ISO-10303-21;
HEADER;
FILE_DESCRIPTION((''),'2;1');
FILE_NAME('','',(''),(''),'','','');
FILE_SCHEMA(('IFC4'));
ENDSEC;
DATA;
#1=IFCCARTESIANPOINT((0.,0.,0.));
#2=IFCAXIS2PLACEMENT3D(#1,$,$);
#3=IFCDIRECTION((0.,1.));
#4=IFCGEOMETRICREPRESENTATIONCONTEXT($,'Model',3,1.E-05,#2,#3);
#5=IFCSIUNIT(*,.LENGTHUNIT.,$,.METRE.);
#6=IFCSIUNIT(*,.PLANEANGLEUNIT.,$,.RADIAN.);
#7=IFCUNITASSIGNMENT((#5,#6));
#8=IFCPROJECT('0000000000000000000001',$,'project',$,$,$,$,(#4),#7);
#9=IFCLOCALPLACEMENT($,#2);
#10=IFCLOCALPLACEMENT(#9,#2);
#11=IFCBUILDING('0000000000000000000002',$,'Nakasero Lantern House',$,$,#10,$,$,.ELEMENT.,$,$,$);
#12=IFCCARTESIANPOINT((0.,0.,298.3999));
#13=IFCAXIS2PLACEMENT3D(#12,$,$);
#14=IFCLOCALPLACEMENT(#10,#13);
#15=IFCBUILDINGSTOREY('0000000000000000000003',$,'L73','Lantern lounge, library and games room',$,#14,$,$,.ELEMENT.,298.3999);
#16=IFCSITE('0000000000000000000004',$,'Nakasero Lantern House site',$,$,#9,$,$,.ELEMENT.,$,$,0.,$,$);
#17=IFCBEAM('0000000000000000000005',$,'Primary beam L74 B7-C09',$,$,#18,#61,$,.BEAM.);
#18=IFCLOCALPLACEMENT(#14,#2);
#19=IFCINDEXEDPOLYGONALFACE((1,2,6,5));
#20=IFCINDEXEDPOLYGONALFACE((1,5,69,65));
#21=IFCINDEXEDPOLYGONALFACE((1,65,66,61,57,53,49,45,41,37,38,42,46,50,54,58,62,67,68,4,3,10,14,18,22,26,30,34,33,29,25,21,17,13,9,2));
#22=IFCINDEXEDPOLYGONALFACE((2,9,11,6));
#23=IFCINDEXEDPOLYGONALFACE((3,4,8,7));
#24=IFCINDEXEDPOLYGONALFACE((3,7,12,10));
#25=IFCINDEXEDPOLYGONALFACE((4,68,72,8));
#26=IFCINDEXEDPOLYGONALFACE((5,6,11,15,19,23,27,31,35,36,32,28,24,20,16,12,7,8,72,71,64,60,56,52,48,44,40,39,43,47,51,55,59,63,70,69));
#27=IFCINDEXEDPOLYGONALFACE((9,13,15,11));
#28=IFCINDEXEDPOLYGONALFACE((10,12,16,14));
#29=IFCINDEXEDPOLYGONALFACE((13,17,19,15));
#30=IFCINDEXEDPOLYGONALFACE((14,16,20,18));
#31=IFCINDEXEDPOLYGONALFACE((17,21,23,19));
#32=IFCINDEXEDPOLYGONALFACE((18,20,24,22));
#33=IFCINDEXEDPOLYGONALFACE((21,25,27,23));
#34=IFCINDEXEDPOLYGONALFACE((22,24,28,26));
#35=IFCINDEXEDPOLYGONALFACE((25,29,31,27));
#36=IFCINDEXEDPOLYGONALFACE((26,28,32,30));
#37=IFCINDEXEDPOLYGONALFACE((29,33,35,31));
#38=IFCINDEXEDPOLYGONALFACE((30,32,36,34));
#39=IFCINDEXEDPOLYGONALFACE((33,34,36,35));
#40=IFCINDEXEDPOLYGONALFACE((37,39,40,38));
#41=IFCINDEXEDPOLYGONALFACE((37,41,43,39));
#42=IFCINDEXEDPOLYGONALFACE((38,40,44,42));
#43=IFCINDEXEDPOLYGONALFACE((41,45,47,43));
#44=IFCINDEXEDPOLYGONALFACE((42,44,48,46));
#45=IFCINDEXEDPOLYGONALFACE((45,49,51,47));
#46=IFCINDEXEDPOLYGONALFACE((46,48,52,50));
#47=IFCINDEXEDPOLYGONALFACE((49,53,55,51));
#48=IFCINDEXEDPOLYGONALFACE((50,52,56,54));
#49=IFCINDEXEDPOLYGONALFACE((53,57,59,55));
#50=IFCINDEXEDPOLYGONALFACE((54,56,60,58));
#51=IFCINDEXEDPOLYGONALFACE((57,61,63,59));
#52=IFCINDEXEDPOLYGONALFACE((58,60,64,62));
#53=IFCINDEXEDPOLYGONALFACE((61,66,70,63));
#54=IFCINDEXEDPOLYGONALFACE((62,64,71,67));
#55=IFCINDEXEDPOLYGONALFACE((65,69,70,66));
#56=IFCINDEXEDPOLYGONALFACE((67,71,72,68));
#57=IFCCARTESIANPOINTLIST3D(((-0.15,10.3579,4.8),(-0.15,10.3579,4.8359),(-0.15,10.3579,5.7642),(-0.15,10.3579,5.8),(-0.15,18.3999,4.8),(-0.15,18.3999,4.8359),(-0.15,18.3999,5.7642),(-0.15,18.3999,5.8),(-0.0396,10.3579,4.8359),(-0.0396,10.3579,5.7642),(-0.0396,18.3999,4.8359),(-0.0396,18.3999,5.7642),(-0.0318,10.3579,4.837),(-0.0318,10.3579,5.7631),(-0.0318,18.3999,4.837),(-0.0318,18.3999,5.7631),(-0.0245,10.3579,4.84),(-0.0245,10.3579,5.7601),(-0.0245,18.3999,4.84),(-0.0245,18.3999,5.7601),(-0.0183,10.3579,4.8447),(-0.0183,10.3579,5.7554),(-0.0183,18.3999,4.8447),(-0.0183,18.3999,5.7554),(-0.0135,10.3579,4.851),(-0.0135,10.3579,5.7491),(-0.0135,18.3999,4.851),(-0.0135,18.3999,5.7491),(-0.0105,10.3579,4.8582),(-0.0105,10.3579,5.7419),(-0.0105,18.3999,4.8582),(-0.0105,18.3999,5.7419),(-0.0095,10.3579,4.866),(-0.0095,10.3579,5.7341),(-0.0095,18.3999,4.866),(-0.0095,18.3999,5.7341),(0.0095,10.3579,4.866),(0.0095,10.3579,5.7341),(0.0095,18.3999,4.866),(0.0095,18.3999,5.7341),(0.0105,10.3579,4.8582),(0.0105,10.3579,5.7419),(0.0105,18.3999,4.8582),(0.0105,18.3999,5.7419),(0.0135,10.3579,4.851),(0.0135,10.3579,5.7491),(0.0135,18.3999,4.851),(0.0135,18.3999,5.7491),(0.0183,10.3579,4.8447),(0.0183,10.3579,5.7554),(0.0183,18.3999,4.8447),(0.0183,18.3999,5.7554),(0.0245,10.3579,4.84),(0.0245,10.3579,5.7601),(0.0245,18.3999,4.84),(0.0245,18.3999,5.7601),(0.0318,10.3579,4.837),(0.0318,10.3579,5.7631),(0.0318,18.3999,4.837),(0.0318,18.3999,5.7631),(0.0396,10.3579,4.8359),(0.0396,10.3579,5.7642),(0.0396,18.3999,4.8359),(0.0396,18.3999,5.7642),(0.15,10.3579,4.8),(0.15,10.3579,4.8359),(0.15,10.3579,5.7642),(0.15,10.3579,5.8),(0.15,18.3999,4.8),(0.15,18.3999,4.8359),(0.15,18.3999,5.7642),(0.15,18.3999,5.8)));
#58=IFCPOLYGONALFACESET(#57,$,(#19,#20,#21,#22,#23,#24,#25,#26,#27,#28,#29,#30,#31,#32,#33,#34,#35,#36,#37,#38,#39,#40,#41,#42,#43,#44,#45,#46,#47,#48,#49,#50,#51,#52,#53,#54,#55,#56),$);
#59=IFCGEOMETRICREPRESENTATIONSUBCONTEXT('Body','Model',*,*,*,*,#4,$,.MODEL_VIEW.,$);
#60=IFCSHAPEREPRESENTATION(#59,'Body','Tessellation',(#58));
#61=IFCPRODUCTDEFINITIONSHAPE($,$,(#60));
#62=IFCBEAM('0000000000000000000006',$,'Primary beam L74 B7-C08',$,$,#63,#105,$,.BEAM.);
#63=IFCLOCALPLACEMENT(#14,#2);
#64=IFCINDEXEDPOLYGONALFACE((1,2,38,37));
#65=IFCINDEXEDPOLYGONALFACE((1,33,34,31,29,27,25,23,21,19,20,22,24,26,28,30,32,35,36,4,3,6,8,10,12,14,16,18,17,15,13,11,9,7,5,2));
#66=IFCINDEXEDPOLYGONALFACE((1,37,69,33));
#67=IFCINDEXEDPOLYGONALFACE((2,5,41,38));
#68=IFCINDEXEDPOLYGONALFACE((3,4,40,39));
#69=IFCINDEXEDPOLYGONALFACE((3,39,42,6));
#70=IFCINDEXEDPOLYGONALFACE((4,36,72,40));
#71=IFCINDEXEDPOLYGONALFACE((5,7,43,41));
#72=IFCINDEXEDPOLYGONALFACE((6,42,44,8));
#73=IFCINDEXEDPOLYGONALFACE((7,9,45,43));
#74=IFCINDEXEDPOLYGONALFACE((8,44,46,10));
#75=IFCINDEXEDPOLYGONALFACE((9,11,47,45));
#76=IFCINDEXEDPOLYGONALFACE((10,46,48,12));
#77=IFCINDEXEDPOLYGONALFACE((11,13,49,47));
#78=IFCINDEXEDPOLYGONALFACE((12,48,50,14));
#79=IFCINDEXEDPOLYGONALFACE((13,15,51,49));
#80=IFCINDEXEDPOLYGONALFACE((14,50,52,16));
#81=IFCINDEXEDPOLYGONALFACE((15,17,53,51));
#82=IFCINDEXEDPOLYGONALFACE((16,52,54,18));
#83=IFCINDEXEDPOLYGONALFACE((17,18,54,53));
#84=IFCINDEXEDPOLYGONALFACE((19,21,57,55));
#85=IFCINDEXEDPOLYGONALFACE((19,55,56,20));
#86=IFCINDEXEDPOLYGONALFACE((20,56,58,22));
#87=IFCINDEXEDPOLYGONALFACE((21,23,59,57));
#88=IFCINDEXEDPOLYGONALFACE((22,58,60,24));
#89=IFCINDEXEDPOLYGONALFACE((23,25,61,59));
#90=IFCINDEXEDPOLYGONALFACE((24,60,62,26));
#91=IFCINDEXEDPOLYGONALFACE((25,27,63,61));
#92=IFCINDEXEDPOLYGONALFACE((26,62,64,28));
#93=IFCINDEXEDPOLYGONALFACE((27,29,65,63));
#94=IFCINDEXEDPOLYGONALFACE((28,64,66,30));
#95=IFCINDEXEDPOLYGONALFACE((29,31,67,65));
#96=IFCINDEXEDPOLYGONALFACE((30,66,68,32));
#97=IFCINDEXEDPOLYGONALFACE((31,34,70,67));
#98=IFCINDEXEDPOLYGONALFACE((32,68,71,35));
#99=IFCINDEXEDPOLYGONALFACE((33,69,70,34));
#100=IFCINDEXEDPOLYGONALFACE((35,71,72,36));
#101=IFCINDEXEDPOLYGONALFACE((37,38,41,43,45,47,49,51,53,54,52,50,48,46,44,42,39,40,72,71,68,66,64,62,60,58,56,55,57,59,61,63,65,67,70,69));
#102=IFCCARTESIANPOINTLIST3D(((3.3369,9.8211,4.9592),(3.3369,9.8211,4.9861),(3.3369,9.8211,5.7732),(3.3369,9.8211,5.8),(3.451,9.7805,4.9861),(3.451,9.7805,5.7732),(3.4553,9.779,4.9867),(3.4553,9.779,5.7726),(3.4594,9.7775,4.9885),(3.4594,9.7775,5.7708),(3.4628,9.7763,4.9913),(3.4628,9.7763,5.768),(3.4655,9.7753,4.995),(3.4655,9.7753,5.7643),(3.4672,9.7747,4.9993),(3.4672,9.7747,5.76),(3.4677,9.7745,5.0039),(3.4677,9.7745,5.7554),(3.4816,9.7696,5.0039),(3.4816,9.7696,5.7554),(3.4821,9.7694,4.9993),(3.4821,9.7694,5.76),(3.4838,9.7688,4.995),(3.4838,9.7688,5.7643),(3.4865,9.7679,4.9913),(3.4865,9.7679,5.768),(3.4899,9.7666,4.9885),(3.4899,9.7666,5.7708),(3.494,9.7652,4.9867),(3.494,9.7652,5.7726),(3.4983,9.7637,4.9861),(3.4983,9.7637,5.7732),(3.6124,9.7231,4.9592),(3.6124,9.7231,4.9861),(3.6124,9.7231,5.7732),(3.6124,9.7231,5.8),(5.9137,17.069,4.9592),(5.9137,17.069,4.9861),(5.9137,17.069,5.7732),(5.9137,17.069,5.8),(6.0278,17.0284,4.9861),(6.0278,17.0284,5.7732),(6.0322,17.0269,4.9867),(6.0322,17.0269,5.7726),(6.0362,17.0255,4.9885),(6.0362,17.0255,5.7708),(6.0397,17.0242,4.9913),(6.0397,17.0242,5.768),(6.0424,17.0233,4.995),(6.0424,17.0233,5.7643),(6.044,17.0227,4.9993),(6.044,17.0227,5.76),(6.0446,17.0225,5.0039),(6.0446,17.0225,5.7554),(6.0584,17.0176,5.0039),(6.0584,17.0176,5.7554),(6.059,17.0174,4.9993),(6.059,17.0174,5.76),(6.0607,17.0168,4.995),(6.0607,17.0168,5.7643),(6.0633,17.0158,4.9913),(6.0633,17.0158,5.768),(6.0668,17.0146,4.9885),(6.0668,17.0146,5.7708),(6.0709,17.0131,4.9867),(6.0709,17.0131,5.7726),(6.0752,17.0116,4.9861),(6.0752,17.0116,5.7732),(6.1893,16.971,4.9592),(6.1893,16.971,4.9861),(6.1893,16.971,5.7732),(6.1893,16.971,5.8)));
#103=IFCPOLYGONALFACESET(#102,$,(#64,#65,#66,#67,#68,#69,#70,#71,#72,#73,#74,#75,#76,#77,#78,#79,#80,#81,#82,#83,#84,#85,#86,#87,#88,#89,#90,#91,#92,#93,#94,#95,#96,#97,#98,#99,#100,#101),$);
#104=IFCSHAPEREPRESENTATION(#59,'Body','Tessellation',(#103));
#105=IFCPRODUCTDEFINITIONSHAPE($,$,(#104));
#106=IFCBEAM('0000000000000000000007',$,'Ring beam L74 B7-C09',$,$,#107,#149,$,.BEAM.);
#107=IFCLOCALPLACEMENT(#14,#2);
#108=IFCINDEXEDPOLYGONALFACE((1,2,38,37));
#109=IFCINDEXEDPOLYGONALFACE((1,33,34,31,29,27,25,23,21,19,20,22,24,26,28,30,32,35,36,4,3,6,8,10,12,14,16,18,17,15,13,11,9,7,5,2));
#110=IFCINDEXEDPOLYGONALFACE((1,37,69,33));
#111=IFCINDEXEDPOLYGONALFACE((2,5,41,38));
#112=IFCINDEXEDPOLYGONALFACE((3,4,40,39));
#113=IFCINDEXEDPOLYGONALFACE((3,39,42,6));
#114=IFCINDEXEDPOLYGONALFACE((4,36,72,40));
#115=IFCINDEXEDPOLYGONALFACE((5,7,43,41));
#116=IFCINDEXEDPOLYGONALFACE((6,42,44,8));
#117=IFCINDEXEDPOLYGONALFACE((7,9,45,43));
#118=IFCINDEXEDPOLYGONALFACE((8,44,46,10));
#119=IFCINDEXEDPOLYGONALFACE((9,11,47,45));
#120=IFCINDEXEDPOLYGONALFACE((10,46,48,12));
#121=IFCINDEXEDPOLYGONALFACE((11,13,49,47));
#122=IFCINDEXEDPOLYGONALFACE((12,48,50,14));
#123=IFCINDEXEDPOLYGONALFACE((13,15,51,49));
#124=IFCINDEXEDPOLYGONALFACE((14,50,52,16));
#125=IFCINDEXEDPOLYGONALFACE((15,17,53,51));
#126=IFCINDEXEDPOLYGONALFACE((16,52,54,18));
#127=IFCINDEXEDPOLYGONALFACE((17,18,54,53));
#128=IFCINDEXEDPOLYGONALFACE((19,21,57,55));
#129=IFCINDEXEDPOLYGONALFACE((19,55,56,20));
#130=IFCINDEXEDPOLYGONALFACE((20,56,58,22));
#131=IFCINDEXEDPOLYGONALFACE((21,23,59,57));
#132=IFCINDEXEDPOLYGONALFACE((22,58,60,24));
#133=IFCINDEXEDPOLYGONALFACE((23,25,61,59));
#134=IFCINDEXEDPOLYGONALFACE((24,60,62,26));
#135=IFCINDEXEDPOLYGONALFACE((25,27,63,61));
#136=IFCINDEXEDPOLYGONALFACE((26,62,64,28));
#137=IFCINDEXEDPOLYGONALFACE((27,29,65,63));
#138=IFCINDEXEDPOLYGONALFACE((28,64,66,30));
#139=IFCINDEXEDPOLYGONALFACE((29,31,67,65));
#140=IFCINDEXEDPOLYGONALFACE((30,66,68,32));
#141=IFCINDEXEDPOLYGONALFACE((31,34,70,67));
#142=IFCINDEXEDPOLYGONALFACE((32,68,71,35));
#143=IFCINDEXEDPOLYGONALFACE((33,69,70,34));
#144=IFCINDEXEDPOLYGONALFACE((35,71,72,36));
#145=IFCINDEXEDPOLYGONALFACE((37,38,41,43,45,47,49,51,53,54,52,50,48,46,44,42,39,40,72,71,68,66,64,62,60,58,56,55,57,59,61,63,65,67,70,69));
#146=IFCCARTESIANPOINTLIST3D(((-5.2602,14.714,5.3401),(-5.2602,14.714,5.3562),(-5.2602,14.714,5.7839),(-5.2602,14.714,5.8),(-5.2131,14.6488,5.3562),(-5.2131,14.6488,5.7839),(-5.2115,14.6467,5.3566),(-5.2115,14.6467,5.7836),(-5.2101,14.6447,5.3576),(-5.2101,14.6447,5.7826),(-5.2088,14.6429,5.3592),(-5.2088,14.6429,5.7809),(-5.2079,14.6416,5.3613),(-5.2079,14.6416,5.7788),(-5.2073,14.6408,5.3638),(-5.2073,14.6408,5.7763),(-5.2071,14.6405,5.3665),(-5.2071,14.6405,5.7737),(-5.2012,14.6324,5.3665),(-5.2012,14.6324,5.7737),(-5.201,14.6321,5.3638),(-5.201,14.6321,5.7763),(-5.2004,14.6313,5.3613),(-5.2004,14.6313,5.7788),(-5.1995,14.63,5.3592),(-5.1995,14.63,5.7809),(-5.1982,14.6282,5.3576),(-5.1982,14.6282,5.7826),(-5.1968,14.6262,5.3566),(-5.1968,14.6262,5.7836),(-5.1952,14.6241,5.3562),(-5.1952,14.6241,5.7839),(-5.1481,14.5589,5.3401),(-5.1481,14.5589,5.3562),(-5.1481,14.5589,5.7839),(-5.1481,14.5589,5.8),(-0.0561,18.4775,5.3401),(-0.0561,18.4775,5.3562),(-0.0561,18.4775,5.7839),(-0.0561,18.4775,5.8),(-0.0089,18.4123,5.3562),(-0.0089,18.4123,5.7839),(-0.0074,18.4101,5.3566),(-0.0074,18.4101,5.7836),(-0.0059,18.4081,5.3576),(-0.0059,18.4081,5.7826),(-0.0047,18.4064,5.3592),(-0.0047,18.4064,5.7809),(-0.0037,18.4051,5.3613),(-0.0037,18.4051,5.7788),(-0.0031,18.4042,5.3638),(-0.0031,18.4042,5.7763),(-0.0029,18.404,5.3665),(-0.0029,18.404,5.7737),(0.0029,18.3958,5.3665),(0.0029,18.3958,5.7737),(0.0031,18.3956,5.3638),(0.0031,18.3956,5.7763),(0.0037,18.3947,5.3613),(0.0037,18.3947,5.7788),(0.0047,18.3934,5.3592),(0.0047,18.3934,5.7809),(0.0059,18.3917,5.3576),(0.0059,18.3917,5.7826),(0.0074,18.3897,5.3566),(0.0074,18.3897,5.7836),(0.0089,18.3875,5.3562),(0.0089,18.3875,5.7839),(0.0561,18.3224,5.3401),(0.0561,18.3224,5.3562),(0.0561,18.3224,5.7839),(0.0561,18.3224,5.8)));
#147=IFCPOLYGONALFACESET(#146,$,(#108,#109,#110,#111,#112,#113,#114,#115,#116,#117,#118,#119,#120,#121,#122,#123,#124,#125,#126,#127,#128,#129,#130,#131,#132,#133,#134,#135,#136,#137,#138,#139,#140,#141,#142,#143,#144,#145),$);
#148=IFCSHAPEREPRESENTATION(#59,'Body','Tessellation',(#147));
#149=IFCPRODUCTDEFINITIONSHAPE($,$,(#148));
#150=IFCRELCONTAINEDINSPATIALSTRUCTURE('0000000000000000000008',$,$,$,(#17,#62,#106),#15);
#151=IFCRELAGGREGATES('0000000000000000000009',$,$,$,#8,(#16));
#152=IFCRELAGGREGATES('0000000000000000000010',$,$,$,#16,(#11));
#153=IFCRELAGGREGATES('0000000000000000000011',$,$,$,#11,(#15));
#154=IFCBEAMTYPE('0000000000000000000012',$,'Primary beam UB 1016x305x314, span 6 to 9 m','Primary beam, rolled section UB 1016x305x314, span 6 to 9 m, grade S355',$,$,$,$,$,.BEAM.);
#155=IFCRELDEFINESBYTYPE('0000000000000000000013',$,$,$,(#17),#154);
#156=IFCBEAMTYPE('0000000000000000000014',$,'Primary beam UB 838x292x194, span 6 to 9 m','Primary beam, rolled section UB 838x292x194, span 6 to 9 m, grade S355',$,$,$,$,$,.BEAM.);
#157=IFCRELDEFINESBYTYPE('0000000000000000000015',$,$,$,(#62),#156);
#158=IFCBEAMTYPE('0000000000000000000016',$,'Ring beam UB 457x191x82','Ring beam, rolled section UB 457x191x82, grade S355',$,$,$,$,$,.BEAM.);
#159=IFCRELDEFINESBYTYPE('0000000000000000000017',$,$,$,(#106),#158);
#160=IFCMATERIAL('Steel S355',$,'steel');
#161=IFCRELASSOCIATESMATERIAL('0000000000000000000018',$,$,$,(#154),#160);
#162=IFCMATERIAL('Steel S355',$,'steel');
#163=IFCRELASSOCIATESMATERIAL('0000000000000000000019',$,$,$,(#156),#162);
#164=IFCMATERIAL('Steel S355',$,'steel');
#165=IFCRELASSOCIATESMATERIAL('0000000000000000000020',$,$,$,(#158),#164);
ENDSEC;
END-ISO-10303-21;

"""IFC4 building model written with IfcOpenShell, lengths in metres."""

from ifc_helpers import new_model, si_unit, direction, frame, origin, origin_2d, place, context, subcontext, project, spatial, i_section, extrude, material, material_profile, profile_set, type_object, element, save


model = new_model("IFC4")

# Units and contexts
model_context = context("Model", 3, precision=1e-05, world=origin(), true_north=direction((0.0, 1.0)))
body_context = subcontext(model_context, "Body", "Model", "MODEL_VIEW")
ifc_project = project(units=[si_unit("LENGTHUNIT", "METRE"), si_unit("PLANEANGLEUNIT", "RADIAN")], contexts=[model_context])

# Site, building, storey
site_placement = place(None, origin())
site = spatial("IfcSite", under=ifc_project, at=site_placement, Name="Nakasero Lantern House site", CompositionType="ELEMENT", RefElevation=0.0)
building_placement = place(site_placement, origin())
building = spatial("IfcBuilding", under=site, at=building_placement, Name="Nakasero Lantern House", CompositionType="ELEMENT")
storey_placement = place(building_placement, frame((0.0, 0.0, 298.3999)))
storey = spatial("IfcBuildingStorey", under=building, at=storey_placement, Name="L73", Description="Lantern lounge, library and games room", CompositionType="ELEMENT", Elevation=298.3999)

# Beams
ifc_material_1 = material(Name="Steel S355", Category="steel")
ifc_material_profile_1 = material_profile(ifc_material_1, i_section(OverallWidth=0.3, OverallDepth=1.0, WebThickness=0.019, FlangeThickness=0.0359, FilletRadius=0.03, at=origin_2d()), Name="UB 1016x305x314")
ifc_profile_set_1 = profile_set([ifc_material_profile_1], Name="Steel S355")
beam_type_1 = type_object("IfcBeamType", Name="Primary beam UB 1016x305x314, span 6 to 9 m", Description="Primary beam, rolled section UB 1016x305x314, span 6 to 9 m, grade S355", PredefinedType="BEAM", material=ifc_profile_set_1)
beam_1_placement = place(storey_placement, frame((0.0, 18.3999, 5.3), z_axis=(0.0, -1.0, 0.0), x_axis=(1.0, 0.0, 0.0)))
element("IfcBeam", 1, at=beam_1_placement, inside=storey, type_object=beam_type_1, Name="Primary beam L74 B7-C09", PredefinedType="BEAM", context=body_context, shape_type="SweptSolid", body=[
    extrude(i_section(OverallWidth=0.3, OverallDepth=1.0, WebThickness=0.019, FlangeThickness=0.0359, FilletRadius=0.03, at=origin_2d()), origin(), (0.0, 0.0, 1.0), 8.042),
])
ifc_material_2 = material(Name="Steel S355", Category="steel")
ifc_material_profile_2 = material_profile(ifc_material_2, i_section(OverallWidth=0.2925, OverallDepth=0.8408, WebThickness=0.0146, FlangeThickness=0.0269, FilletRadius=0.0178, at=origin_2d()), Name="UB 838x292x194")
ifc_profile_set_2 = profile_set([ifc_material_profile_2], Name="Steel S355")
beam_type_2 = type_object("IfcBeamType", Name="Primary beam UB 838x292x194, span 6 to 9 m", Description="Primary beam, rolled section UB 838x292x194, span 6 to 9 m, grade S355", PredefinedType="BEAM", material=ifc_profile_set_2)
beam_2_placement = place(storey_placement, frame((6.0515, 17.02, 5.3796), z_axis=(-0.334989, -0.942222, 0.0), x_axis=(0.942222, -0.334989, 0.0)))
element("IfcBeam", 2, at=beam_2_placement, inside=storey, type_object=beam_type_2, Name="Primary beam L74 B7-C08", PredefinedType="BEAM", context=body_context, shape_type="SweptSolid", body=[
    extrude(i_section(OverallWidth=0.2925, OverallDepth=0.8408, WebThickness=0.0146, FlangeThickness=0.0269, FilletRadius=0.0178, at=origin_2d()), origin(), (0.0, 0.0, 1.0), 7.6924),
])
ifc_material_3 = material(Name="Steel S355", Category="steel")
ifc_material_profile_3 = material_profile(ifc_material_3, i_section(OverallWidth=0.1914, OverallDepth=0.46, WebThickness=0.01, FlangeThickness=0.0161, FilletRadius=0.0103, at=origin_2d()), Name="UB 457x191x82")
ifc_profile_set_3 = profile_set([ifc_material_profile_3], Name="Steel S355")
beam_type_3 = type_object("IfcBeamType", Name="Ring beam UB 457x191x82", Description="Ring beam, rolled section UB 457x191x82, grade S355", PredefinedType="BEAM", material=ifc_profile_set_3)
beam_3_placement = place(storey_placement, frame((0.0, 18.3999, 5.5701), z_axis=(-0.810316, -0.585993, 0.0), x_axis=(0.585993, -0.810316, 0.0)))
element("IfcBeam", 3, at=beam_3_placement, inside=storey, type_object=beam_type_3, Name="Ring beam L74 B7-C09", PredefinedType="BEAM", context=body_context, shape_type="SweptSolid", body=[
    extrude(i_section(OverallWidth=0.1914, OverallDepth=0.46, WebThickness=0.01, FlangeThickness=0.0161, FilletRadius=0.0103, at=origin_2d()), origin(), (0.0, 0.0, 1.0), 6.4224),
])

save(model, "model.ifc")
